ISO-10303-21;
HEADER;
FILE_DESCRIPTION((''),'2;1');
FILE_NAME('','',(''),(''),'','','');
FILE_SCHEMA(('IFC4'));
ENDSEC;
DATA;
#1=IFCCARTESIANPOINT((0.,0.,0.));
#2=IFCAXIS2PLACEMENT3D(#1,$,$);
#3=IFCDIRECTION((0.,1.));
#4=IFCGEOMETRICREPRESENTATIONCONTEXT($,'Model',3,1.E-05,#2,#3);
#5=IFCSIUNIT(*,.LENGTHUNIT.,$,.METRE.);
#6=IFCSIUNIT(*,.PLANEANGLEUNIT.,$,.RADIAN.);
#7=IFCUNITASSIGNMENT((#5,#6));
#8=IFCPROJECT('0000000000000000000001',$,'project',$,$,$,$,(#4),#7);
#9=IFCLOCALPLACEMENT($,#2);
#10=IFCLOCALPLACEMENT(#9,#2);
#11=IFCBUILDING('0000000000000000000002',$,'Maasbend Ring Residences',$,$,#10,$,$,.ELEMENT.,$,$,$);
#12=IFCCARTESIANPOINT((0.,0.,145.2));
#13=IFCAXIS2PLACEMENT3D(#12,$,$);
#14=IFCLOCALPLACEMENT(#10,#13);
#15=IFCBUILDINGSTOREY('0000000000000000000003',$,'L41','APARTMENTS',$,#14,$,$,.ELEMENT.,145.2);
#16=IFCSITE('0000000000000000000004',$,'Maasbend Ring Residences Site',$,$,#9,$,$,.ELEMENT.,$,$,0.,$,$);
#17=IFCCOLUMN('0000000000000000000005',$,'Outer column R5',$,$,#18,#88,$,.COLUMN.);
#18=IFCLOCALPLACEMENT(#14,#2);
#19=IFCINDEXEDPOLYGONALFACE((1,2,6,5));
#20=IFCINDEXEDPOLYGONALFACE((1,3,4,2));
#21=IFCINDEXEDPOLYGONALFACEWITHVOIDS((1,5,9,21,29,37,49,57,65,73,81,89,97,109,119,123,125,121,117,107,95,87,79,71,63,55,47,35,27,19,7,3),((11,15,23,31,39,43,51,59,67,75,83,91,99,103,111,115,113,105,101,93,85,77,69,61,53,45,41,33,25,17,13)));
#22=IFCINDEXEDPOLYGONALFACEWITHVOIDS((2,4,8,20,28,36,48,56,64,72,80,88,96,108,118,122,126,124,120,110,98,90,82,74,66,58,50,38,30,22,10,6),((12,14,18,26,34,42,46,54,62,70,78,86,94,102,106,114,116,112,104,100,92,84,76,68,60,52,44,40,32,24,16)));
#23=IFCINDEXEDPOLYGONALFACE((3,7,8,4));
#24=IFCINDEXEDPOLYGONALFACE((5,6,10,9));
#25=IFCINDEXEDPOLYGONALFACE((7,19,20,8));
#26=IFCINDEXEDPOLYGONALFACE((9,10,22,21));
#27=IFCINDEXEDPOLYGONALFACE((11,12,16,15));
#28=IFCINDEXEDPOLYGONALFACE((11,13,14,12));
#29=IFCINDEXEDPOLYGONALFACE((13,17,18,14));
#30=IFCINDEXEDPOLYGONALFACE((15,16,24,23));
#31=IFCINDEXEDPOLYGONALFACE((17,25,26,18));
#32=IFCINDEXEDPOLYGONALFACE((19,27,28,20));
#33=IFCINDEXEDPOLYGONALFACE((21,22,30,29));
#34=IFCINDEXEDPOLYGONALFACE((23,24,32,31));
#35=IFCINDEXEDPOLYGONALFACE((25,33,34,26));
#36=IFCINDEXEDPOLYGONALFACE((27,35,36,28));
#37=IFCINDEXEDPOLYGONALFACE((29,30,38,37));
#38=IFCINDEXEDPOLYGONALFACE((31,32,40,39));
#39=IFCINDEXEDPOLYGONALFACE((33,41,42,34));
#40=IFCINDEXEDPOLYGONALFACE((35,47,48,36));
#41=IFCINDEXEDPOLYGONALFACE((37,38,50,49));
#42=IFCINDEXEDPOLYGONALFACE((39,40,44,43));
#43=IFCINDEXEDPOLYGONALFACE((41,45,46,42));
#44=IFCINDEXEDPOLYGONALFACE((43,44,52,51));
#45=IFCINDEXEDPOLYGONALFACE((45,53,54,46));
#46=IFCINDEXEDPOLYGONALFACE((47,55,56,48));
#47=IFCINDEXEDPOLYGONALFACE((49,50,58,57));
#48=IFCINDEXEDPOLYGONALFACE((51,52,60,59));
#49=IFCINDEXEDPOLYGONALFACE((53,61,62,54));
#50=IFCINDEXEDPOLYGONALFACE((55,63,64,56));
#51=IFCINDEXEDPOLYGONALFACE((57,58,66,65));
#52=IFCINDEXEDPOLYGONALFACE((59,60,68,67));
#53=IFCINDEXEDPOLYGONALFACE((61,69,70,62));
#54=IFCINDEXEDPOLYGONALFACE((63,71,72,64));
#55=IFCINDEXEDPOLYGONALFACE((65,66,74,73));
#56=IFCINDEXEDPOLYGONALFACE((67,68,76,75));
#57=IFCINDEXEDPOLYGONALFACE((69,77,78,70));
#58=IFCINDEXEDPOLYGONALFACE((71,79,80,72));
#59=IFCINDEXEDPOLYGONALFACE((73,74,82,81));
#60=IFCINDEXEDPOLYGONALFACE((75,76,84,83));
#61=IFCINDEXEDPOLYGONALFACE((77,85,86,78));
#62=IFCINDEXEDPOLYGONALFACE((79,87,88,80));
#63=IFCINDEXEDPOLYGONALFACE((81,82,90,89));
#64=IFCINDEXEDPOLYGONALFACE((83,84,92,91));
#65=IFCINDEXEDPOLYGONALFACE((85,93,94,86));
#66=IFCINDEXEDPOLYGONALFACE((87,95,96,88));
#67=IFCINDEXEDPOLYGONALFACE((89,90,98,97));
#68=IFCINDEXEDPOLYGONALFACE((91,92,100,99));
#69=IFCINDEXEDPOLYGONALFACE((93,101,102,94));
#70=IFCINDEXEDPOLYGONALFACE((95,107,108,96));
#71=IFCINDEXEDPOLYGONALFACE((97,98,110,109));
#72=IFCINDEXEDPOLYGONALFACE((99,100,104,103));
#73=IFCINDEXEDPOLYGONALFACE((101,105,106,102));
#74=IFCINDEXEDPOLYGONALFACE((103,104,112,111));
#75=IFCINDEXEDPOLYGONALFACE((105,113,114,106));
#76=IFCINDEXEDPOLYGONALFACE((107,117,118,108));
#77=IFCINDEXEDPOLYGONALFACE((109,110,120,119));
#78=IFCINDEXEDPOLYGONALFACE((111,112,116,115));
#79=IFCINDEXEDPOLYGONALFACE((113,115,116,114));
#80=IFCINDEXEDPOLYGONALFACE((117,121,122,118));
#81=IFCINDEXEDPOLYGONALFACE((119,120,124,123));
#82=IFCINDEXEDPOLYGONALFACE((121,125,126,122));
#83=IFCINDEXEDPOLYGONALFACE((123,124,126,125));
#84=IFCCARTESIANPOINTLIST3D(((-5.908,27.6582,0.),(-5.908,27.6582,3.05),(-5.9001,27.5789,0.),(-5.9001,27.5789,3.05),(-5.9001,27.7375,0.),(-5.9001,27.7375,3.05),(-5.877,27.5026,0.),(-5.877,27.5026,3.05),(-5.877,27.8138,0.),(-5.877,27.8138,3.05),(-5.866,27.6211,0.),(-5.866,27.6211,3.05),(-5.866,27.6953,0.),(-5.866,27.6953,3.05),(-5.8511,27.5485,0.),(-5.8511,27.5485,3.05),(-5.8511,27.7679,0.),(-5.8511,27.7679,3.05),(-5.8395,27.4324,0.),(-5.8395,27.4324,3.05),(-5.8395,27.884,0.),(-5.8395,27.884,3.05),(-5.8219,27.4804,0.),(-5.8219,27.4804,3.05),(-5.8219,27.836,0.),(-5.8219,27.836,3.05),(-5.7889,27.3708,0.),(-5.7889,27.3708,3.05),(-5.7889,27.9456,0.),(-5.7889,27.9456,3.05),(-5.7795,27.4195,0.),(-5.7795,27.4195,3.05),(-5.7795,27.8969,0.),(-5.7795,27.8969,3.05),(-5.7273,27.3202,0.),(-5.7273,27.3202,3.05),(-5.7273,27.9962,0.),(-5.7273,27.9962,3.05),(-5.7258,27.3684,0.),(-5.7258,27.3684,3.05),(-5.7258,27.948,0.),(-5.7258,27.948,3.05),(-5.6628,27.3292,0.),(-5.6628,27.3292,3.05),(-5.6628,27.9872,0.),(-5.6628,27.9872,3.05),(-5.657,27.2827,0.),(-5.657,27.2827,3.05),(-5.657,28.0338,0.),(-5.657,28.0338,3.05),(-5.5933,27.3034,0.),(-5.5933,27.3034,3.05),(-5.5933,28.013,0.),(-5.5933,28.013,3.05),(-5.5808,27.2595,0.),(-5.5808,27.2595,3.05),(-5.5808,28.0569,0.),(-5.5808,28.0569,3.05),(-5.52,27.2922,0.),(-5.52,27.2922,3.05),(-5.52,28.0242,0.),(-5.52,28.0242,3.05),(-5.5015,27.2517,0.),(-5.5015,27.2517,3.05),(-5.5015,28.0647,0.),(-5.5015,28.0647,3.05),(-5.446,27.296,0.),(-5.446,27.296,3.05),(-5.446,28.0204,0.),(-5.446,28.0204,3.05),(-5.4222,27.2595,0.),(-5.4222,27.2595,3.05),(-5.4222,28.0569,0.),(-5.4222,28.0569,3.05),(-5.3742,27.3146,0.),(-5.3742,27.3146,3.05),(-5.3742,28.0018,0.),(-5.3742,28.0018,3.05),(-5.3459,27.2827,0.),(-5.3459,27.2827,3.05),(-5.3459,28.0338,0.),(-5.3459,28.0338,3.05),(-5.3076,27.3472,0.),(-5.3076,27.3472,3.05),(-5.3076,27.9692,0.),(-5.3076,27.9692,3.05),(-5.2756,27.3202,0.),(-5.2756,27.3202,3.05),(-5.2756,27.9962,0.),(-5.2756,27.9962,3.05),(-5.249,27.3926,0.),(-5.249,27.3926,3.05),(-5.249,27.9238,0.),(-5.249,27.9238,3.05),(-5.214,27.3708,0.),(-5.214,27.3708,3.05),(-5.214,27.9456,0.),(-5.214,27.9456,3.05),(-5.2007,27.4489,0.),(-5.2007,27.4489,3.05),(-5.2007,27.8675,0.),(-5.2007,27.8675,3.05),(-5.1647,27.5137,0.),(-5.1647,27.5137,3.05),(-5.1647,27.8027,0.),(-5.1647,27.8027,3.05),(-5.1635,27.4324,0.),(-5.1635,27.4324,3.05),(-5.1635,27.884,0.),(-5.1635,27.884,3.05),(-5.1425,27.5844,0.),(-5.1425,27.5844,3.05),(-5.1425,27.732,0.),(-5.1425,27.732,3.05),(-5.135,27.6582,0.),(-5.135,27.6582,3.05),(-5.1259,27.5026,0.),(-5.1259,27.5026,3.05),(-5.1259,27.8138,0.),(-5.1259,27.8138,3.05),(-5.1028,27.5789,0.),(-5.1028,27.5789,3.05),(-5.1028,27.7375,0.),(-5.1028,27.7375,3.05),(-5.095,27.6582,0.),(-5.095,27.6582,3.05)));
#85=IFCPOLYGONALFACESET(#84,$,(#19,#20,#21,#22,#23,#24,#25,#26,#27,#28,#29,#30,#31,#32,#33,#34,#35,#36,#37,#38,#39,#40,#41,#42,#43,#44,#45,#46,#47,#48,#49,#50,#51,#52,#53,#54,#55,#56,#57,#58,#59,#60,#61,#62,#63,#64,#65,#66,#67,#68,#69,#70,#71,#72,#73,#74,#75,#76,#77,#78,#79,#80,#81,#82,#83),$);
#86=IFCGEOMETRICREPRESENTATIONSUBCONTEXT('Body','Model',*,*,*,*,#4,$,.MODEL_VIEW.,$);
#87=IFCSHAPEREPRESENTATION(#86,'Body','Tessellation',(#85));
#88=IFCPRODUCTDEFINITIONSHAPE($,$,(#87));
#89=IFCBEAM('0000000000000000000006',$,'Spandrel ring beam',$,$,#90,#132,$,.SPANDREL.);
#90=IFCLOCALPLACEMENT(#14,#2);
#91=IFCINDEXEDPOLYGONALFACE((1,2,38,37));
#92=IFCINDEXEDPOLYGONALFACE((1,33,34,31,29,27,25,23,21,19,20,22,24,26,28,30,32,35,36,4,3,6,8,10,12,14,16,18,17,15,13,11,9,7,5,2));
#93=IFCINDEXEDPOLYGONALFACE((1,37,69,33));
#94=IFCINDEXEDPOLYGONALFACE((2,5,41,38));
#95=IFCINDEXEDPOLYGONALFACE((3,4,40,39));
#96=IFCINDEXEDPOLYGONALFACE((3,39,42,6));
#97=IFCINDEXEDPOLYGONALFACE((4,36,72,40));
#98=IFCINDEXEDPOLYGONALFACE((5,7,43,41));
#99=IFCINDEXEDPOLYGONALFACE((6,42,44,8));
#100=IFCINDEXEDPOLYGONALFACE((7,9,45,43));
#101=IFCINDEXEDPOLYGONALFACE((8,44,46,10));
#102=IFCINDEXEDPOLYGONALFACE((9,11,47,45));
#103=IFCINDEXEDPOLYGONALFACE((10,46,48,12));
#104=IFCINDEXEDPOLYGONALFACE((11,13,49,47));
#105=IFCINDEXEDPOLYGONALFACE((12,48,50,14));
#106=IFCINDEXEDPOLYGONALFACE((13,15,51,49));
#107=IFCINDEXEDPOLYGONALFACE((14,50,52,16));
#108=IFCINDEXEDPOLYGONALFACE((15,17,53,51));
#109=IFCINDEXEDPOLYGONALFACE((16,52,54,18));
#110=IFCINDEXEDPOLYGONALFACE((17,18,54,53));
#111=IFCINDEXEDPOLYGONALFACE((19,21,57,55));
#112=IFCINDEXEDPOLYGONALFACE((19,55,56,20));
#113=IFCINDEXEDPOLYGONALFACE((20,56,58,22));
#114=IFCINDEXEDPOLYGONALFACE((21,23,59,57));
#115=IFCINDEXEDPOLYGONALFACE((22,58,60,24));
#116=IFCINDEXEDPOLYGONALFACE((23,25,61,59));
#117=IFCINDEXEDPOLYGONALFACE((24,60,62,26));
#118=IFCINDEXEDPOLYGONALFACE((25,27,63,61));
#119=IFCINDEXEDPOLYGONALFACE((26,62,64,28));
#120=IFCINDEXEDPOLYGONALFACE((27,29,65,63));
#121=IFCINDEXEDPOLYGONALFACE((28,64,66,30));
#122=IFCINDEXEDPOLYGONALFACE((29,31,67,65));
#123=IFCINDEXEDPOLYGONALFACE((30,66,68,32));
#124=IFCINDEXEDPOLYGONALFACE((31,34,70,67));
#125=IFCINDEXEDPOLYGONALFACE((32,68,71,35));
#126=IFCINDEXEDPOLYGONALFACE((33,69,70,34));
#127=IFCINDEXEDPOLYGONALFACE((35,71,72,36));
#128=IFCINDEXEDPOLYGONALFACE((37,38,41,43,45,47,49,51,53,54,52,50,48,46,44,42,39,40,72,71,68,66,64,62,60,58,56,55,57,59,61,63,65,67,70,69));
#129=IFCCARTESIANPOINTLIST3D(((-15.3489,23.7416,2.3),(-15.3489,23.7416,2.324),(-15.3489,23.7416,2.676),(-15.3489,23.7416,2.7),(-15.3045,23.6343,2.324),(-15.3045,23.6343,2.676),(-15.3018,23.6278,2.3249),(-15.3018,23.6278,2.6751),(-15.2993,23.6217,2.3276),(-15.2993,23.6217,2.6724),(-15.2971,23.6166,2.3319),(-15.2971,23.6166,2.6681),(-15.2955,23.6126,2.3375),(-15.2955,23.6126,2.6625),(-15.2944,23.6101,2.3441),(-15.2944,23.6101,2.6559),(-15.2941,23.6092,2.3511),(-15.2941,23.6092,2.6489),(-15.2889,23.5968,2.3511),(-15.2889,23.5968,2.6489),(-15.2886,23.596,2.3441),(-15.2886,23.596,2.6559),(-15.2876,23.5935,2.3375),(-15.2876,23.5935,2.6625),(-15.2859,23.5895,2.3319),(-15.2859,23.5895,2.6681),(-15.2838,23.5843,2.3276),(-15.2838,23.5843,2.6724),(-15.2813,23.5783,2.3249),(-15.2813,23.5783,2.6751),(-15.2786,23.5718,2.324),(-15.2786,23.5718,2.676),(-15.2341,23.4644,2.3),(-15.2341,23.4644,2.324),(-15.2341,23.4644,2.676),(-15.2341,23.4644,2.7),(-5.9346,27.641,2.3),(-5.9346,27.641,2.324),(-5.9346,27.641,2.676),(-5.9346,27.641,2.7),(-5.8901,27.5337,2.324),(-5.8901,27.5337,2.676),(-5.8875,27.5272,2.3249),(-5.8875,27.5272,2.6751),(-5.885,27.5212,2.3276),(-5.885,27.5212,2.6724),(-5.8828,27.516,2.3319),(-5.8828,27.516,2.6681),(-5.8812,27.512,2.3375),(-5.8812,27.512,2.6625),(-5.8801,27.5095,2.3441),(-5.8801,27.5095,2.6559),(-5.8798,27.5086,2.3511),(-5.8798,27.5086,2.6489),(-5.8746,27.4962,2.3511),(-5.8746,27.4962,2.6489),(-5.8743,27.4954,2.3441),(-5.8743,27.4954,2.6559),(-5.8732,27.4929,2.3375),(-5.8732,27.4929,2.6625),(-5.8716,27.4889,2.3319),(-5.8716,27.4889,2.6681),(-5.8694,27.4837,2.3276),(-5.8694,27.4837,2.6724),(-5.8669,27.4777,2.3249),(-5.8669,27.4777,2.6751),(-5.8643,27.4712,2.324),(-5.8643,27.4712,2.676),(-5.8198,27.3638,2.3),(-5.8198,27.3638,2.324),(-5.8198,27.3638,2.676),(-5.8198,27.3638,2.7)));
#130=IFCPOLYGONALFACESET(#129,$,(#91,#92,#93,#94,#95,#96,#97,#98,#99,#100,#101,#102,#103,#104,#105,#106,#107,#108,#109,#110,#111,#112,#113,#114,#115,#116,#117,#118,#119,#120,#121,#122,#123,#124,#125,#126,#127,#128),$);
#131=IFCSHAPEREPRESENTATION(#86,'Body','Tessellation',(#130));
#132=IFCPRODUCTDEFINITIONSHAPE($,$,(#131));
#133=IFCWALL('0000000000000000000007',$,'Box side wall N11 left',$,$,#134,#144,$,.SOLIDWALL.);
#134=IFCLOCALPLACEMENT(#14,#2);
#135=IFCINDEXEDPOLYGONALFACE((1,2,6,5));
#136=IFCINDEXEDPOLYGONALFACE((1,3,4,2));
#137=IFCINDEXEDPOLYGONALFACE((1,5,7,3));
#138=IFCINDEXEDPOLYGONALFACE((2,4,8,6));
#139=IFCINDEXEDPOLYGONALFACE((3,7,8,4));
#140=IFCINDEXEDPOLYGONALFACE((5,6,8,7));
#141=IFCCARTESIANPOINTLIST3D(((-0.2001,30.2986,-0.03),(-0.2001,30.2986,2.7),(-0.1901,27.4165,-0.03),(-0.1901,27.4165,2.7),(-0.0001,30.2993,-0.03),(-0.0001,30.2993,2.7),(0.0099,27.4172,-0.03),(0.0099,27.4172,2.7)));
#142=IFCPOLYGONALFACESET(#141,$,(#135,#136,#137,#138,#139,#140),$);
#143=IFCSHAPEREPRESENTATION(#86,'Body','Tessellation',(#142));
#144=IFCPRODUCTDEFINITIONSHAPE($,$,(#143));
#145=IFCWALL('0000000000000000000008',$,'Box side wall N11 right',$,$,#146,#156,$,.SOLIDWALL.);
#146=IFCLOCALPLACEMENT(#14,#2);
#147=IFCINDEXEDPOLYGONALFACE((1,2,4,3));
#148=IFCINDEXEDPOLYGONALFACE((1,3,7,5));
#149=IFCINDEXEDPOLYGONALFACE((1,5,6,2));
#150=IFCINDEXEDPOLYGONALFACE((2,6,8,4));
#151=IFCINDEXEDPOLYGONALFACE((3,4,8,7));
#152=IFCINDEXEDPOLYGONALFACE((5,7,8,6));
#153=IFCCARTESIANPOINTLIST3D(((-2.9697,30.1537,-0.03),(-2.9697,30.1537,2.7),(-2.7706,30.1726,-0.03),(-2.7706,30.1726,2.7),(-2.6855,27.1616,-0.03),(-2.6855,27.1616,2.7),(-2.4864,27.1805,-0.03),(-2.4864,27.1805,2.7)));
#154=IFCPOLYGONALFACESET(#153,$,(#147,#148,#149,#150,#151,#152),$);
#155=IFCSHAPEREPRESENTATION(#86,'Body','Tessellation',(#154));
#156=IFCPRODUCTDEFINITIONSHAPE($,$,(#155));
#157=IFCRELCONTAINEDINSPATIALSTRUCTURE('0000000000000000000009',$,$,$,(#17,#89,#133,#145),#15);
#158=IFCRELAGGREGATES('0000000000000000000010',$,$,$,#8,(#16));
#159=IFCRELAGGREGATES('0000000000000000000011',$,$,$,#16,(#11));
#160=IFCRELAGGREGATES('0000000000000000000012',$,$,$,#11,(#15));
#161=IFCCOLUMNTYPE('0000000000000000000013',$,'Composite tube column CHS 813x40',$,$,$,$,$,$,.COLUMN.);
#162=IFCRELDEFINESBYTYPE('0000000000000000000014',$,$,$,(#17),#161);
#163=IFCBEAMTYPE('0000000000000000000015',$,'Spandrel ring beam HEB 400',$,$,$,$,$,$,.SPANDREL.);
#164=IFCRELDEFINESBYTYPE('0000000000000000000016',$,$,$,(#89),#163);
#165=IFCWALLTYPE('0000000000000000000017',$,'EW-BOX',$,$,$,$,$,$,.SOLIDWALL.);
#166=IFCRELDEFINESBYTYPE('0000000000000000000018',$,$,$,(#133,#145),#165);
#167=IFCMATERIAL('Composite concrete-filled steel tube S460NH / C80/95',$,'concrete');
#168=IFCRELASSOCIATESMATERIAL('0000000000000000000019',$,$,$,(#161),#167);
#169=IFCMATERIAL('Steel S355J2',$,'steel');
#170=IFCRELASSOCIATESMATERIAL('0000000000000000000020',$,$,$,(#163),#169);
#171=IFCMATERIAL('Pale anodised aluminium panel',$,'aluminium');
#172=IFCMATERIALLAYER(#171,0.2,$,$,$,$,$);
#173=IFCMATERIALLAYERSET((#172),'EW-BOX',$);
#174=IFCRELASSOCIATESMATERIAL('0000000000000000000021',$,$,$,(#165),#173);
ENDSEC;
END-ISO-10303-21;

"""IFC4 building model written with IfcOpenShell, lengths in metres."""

from ifc_helpers import new_model, si_unit, direction, frame, frame_2d, origin, origin_2d, place, context, subcontext, project, spatial, rectangle, hollow_circle, i_section, extrude, material, layer, layer_set, material_profile, profile_set, type_object, element, save


model = new_model("IFC4")

# Units and contexts
model_context = context("Model", 3, precision=1e-05, world=origin(), true_north=direction((0.0, 1.0)))
body_context = subcontext(model_context, "Body", "Model", "MODEL_VIEW")
ifc_project = project(units=[si_unit("LENGTHUNIT", "METRE"), si_unit("PLANEANGLEUNIT", "RADIAN")], contexts=[model_context])

# Site, building, storey
site_placement = place(None, origin())
site = spatial("IfcSite", under=ifc_project, at=site_placement, Name="Maasbend Ring Residences Site", CompositionType="ELEMENT", RefElevation=0.0)
building_placement = place(site_placement, origin())
building = spatial("IfcBuilding", under=site, at=building_placement, Name="Maasbend Ring Residences", CompositionType="ELEMENT")
storey_placement = place(building_placement, frame((0.0, 0.0, 145.2)))
storey = spatial("IfcBuildingStorey", under=building, at=storey_placement, Name="L41", Description="APARTMENTS", CompositionType="ELEMENT", Elevation=145.2)

# Column
ifc_material_1 = material(Name="Composite concrete-filled steel tube S460NH / C80/95", Category="concrete")
ifc_material_profile_1 = material_profile(ifc_material_1, hollow_circle(Radius=0.4065, WallThickness=0.04, at=origin_2d()), Name="Composite tube column CHS 813x40")
ifc_profile_set_1 = profile_set([ifc_material_profile_1], Name="Composite concrete-filled steel tube S460NH / C80/95")
column_type = type_object("IfcColumnType", Name="Composite tube column CHS 813x40", PredefinedType="COLUMN", material=ifc_profile_set_1)
column_placement = place(storey_placement, frame((-5.5015, 27.6582, 0.0), z_axis=(0.0, 0.0, 1.0), x_axis=(1.0, 0.0, 0.0)))
element("IfcColumn", 1, at=column_placement, inside=storey, type_object=column_type, Name="Outer column R5", PredefinedType="COLUMN", context=body_context, shape_type="SweptSolid", body=[
    extrude(hollow_circle(Radius=0.4065, WallThickness=0.04, at=origin_2d()), origin(), (0.0, 0.0, 1.0), 3.05),
])

# Beam
ifc_material_2 = material(Name="Steel S355J2", Category="steel")
ifc_material_profile_2 = material_profile(ifc_material_2, i_section(OverallWidth=0.3, OverallDepth=0.3999, WebThickness=0.0134, FlangeThickness=0.0239, FilletRadius=0.0271, at=origin_2d()), Name="HEB 400")
ifc_profile_set_2 = profile_set([ifc_material_profile_2], Name="Steel S355J2")
beam_type = type_object("IfcBeamType", Name="Spandrel ring beam HEB 400", PredefinedType="SPANDREL", material=ifc_profile_set_2)
beam_placement = place(storey_placement, frame((-5.8772, 27.5024, 2.5), z_axis=(-0.923884, -0.382673, 0.0), x_axis=(0.382673, -0.923884, 0.0)))
element("IfcBeam", 2, at=beam_placement, inside=storey, type_object=beam_type, Name="Spandrel ring beam", PredefinedType="SPANDREL", context=body_context, shape_type="SweptSolid", body=[
    extrude(i_section(OverallWidth=0.3, OverallDepth=0.3999, WebThickness=0.0134, FlangeThickness=0.0239, FilletRadius=0.0271, at=origin_2d()), origin(), (0.0, 0.0, 1.0), 10.1899),
])

# Walls
ifc_material_3 = material(Name="Pale anodised aluminium panel", Category="aluminium")
ifc_layer_1 = layer(ifc_material_3, 0.2)
ifc_layer_set_1 = layer_set([ifc_layer_1], Name="EW-BOX")
wall_type_1 = type_object("IfcWallType", Name="EW-BOX", PredefinedType="SOLIDWALL", material=ifc_layer_set_1)
wall_1_placement = place(storey_placement, frame((-0.0901, 27.417, -0.03), z_axis=(0.0, 0.0, 1.0), x_axis=(-0.003473, 0.999994, 0.0)))
element("IfcWall", 3, at=wall_1_placement, inside=storey, type_object=wall_type_1, Name="Box side wall N11 left", PredefinedType="SOLIDWALL", context=body_context, shape_type="SweptSolid", body=[
    extrude(rectangle(XDim=2.8821, YDim=0.2, at=frame_2d((1.4409, 0.0))), origin(), (0.0, 0.0, 1.0), 2.73),
])
wall_2_placement = place(storey_placement, frame((-2.5859, 27.1709, -0.03), z_axis=(0.0, 0.0, 1.0), x_axis=(-0.094548, 0.99552, 0.0)))
element("IfcWall", 4, at=wall_2_placement, inside=storey, type_object=wall_type_1, Name="Box side wall N11 right", PredefinedType="SOLIDWALL", context=body_context, shape_type="SweptSolid", body=[
    extrude(rectangle(XDim=3.0056, YDim=0.2, at=frame_2d((1.5029, 0.0))), origin(), (0.0, 0.0, 1.0), 2.73),
])

save(model, "model.ifc")
